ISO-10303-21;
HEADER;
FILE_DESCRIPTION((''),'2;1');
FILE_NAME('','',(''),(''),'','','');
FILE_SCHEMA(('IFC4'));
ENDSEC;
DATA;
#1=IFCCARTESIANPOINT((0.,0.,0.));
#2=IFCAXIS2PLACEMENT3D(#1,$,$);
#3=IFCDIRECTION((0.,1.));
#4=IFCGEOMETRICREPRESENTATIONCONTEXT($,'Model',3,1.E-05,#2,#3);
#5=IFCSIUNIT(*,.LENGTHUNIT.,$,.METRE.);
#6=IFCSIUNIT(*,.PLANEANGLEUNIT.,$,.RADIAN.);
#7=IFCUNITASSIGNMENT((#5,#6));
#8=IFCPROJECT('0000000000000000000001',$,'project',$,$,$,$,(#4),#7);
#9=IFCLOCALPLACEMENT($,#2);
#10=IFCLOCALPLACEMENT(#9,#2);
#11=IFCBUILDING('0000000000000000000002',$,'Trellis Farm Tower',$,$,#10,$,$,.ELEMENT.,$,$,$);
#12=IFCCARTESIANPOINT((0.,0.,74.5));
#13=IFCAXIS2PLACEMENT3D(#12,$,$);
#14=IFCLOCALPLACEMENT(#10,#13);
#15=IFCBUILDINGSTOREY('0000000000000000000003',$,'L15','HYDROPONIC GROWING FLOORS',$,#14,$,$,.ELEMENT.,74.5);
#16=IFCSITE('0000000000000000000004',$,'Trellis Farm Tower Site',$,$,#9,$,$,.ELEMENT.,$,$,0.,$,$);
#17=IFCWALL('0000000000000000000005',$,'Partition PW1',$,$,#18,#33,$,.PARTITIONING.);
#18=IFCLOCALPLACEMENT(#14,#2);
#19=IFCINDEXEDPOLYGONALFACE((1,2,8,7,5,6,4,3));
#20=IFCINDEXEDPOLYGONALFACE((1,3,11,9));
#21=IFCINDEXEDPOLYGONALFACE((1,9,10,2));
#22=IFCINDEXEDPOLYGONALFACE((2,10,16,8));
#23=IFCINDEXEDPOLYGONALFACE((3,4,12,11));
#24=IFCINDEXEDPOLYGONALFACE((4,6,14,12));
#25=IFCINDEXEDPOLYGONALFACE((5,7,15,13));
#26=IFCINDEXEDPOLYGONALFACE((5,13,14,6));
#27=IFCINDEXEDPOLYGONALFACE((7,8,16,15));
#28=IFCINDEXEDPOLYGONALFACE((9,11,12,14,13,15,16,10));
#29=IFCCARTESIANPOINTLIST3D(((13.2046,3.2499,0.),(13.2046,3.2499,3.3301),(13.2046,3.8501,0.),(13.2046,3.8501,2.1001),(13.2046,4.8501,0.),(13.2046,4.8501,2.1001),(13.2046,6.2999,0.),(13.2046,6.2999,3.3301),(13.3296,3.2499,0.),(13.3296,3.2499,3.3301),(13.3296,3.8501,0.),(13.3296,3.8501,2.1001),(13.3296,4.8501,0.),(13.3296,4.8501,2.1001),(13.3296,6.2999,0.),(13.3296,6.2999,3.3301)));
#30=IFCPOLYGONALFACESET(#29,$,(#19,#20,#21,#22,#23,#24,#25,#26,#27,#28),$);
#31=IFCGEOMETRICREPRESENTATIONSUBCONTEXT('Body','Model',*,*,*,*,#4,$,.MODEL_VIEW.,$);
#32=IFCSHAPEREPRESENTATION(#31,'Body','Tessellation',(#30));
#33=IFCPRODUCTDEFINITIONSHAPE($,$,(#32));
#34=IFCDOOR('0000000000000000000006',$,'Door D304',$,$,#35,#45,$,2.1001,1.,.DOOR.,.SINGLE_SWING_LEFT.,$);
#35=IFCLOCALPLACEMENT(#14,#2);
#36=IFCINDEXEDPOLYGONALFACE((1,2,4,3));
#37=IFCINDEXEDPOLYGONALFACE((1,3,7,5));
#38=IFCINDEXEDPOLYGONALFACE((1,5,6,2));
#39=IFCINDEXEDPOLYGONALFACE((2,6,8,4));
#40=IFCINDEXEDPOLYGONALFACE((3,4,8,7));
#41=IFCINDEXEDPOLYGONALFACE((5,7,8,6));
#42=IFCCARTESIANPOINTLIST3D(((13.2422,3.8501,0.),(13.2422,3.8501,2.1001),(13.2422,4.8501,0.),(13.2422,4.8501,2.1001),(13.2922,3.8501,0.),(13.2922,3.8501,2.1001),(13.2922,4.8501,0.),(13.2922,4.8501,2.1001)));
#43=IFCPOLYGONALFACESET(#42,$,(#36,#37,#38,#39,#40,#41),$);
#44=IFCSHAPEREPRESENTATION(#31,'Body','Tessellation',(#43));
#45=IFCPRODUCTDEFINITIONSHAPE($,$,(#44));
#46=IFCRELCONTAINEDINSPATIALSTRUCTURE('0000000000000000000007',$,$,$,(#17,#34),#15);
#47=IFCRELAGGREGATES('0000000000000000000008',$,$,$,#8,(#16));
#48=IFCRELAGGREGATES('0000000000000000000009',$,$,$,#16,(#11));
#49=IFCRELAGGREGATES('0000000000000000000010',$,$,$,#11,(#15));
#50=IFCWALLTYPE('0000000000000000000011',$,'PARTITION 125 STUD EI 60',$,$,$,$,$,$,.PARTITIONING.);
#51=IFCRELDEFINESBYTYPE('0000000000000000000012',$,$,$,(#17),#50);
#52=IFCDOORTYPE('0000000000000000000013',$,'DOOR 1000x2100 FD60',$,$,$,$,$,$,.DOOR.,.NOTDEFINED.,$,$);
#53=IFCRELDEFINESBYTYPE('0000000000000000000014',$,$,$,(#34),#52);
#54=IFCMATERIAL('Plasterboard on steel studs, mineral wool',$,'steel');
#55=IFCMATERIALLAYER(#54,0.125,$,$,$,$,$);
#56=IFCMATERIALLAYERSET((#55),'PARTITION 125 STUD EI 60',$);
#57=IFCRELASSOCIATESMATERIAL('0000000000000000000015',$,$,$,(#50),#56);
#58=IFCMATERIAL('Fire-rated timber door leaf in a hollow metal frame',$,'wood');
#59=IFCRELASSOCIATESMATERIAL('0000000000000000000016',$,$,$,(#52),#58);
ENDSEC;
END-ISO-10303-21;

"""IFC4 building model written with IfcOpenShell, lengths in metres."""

from ifc_helpers import new_model, si_unit, direction, frame, frame_2d, origin, place, context, subcontext, project, spatial, rectangle, extrude, source, transform, mapped, material, layer, layer_set, type_object, element, fill, save


model = new_model("IFC4")

# Units and contexts
model_context = context("Model", 3, precision=1e-05, world=origin(), true_north=direction((0.0, 1.0)))
body_context = subcontext(model_context, "Body", "Model", "MODEL_VIEW")
ifc_project = project(units=[si_unit("LENGTHUNIT", "METRE"), si_unit("PLANEANGLEUNIT", "RADIAN")], contexts=[model_context])

# Site, building, storey
site_placement = place(None, origin())
site = spatial("IfcSite", under=ifc_project, at=site_placement, Name="Trellis Farm Tower Site", CompositionType="ELEMENT", RefElevation=0.0)
building_placement = place(site_placement, origin())
building = spatial("IfcBuilding", under=site, at=building_placement, Name="Trellis Farm Tower", CompositionType="ELEMENT")
storey_placement = place(building_placement, frame((0.0, 0.0, 74.5)))
storey = spatial("IfcBuildingStorey", under=building, at=storey_placement, Name="L15", Description="HYDROPONIC GROWING FLOORS", CompositionType="ELEMENT", Elevation=74.5)

# Wall, opening, door
ifc_material_1 = material(Name="Plasterboard on steel studs, mineral wool", Category="steel")
ifc_layer_1 = layer(ifc_material_1, 0.125)
ifc_layer_set_1 = layer_set([ifc_layer_1], Name="PARTITION 125 STUD EI 60")
wall_type_1 = type_object("IfcWallType", Name="PARTITION 125 STUD EI 60", PredefinedType="PARTITIONING", material=ifc_layer_set_1)
ifc_material_2 = material(Name="Fire-rated timber door leaf in a hollow metal frame", Category="wood")
shared_shape_1 = source(origin(), body_context, "Body", "SweptSolid", [
    extrude(rectangle(XDim=3.05, YDim=0.125, at=frame_2d((1.5249, 0.0))), origin(), (0.0, 0.0, 1.0), 3.3301),
])
wall_1_placement = place(storey_placement, frame((13.2671, 3.25, 0.0), z_axis=(0.0, 0.0, 1.0), x_axis=(0.0, 1.0, 0.0)))
wall_1 = element("IfcWall", 1, at=wall_1_placement, inside=storey, type_object=wall_type_1, Name="Partition PW1", PredefinedType="PARTITIONING", context=body_context, shape_type="MappedRepresentation", body=[
    mapped(shared_shape_1, transform((0.0, 0.0, 0.0))),
])
shared_shape_2 = source(origin(), body_context, "Body", "SweptSolid", [
    extrude(rectangle(XDim=1.0, YDim=2.1001, at=frame_2d((0.5, 1.05))), frame((0.0, 0.0725, 0.0), z_axis=(0.0, -1.0, 0.0), x_axis=(1.0, 0.0, 0.0)), (0.0, 0.0, 1.0), 0.145),
])
opening_1_placement = place(wall_1_placement, frame((0.6001, 0.0, 0.0)))
opening_1 = element("IfcOpeningElement", 2, at=opening_1_placement, cuts=wall_1, PredefinedType="OPENING", context=body_context, shape_type="MappedRepresentation", body=[
    mapped(shared_shape_2, transform((0.0, 0.0, 0.0))),
])
door_type_1 = type_object("IfcDoorType", Name="DOOR 1000x2100 FD60", OperationType="NOTDEFINED", PredefinedType="DOOR", material=ifc_material_2)
shared_shape_3 = source(origin(), body_context, "Body", "SweptSolid", [
    extrude(rectangle(XDim=1.0, YDim=2.1001, at=frame_2d((0.5, 1.05))), frame((0.0, 0.0249, 0.0), z_axis=(0.0, -1.0, 0.0), x_axis=(1.0, 0.0, 0.0)), (0.0, 0.0, 1.0), 0.05),
])
door_1_placement = place(opening_1_placement, origin())
door_1 = element("IfcDoor", 3, at=door_1_placement, inside=storey, type_object=door_type_1, Name="Door D304", OperationType="SINGLE_SWING_LEFT", OverallHeight=2.1001, OverallWidth=1.0, PredefinedType="DOOR", context=body_context, shape_type="MappedRepresentation", body=[
    mapped(shared_shape_3, transform((0.0, 0.0, 0.0))),
])
fill(opening_1, door_1)

save(model, "model.ifc")
